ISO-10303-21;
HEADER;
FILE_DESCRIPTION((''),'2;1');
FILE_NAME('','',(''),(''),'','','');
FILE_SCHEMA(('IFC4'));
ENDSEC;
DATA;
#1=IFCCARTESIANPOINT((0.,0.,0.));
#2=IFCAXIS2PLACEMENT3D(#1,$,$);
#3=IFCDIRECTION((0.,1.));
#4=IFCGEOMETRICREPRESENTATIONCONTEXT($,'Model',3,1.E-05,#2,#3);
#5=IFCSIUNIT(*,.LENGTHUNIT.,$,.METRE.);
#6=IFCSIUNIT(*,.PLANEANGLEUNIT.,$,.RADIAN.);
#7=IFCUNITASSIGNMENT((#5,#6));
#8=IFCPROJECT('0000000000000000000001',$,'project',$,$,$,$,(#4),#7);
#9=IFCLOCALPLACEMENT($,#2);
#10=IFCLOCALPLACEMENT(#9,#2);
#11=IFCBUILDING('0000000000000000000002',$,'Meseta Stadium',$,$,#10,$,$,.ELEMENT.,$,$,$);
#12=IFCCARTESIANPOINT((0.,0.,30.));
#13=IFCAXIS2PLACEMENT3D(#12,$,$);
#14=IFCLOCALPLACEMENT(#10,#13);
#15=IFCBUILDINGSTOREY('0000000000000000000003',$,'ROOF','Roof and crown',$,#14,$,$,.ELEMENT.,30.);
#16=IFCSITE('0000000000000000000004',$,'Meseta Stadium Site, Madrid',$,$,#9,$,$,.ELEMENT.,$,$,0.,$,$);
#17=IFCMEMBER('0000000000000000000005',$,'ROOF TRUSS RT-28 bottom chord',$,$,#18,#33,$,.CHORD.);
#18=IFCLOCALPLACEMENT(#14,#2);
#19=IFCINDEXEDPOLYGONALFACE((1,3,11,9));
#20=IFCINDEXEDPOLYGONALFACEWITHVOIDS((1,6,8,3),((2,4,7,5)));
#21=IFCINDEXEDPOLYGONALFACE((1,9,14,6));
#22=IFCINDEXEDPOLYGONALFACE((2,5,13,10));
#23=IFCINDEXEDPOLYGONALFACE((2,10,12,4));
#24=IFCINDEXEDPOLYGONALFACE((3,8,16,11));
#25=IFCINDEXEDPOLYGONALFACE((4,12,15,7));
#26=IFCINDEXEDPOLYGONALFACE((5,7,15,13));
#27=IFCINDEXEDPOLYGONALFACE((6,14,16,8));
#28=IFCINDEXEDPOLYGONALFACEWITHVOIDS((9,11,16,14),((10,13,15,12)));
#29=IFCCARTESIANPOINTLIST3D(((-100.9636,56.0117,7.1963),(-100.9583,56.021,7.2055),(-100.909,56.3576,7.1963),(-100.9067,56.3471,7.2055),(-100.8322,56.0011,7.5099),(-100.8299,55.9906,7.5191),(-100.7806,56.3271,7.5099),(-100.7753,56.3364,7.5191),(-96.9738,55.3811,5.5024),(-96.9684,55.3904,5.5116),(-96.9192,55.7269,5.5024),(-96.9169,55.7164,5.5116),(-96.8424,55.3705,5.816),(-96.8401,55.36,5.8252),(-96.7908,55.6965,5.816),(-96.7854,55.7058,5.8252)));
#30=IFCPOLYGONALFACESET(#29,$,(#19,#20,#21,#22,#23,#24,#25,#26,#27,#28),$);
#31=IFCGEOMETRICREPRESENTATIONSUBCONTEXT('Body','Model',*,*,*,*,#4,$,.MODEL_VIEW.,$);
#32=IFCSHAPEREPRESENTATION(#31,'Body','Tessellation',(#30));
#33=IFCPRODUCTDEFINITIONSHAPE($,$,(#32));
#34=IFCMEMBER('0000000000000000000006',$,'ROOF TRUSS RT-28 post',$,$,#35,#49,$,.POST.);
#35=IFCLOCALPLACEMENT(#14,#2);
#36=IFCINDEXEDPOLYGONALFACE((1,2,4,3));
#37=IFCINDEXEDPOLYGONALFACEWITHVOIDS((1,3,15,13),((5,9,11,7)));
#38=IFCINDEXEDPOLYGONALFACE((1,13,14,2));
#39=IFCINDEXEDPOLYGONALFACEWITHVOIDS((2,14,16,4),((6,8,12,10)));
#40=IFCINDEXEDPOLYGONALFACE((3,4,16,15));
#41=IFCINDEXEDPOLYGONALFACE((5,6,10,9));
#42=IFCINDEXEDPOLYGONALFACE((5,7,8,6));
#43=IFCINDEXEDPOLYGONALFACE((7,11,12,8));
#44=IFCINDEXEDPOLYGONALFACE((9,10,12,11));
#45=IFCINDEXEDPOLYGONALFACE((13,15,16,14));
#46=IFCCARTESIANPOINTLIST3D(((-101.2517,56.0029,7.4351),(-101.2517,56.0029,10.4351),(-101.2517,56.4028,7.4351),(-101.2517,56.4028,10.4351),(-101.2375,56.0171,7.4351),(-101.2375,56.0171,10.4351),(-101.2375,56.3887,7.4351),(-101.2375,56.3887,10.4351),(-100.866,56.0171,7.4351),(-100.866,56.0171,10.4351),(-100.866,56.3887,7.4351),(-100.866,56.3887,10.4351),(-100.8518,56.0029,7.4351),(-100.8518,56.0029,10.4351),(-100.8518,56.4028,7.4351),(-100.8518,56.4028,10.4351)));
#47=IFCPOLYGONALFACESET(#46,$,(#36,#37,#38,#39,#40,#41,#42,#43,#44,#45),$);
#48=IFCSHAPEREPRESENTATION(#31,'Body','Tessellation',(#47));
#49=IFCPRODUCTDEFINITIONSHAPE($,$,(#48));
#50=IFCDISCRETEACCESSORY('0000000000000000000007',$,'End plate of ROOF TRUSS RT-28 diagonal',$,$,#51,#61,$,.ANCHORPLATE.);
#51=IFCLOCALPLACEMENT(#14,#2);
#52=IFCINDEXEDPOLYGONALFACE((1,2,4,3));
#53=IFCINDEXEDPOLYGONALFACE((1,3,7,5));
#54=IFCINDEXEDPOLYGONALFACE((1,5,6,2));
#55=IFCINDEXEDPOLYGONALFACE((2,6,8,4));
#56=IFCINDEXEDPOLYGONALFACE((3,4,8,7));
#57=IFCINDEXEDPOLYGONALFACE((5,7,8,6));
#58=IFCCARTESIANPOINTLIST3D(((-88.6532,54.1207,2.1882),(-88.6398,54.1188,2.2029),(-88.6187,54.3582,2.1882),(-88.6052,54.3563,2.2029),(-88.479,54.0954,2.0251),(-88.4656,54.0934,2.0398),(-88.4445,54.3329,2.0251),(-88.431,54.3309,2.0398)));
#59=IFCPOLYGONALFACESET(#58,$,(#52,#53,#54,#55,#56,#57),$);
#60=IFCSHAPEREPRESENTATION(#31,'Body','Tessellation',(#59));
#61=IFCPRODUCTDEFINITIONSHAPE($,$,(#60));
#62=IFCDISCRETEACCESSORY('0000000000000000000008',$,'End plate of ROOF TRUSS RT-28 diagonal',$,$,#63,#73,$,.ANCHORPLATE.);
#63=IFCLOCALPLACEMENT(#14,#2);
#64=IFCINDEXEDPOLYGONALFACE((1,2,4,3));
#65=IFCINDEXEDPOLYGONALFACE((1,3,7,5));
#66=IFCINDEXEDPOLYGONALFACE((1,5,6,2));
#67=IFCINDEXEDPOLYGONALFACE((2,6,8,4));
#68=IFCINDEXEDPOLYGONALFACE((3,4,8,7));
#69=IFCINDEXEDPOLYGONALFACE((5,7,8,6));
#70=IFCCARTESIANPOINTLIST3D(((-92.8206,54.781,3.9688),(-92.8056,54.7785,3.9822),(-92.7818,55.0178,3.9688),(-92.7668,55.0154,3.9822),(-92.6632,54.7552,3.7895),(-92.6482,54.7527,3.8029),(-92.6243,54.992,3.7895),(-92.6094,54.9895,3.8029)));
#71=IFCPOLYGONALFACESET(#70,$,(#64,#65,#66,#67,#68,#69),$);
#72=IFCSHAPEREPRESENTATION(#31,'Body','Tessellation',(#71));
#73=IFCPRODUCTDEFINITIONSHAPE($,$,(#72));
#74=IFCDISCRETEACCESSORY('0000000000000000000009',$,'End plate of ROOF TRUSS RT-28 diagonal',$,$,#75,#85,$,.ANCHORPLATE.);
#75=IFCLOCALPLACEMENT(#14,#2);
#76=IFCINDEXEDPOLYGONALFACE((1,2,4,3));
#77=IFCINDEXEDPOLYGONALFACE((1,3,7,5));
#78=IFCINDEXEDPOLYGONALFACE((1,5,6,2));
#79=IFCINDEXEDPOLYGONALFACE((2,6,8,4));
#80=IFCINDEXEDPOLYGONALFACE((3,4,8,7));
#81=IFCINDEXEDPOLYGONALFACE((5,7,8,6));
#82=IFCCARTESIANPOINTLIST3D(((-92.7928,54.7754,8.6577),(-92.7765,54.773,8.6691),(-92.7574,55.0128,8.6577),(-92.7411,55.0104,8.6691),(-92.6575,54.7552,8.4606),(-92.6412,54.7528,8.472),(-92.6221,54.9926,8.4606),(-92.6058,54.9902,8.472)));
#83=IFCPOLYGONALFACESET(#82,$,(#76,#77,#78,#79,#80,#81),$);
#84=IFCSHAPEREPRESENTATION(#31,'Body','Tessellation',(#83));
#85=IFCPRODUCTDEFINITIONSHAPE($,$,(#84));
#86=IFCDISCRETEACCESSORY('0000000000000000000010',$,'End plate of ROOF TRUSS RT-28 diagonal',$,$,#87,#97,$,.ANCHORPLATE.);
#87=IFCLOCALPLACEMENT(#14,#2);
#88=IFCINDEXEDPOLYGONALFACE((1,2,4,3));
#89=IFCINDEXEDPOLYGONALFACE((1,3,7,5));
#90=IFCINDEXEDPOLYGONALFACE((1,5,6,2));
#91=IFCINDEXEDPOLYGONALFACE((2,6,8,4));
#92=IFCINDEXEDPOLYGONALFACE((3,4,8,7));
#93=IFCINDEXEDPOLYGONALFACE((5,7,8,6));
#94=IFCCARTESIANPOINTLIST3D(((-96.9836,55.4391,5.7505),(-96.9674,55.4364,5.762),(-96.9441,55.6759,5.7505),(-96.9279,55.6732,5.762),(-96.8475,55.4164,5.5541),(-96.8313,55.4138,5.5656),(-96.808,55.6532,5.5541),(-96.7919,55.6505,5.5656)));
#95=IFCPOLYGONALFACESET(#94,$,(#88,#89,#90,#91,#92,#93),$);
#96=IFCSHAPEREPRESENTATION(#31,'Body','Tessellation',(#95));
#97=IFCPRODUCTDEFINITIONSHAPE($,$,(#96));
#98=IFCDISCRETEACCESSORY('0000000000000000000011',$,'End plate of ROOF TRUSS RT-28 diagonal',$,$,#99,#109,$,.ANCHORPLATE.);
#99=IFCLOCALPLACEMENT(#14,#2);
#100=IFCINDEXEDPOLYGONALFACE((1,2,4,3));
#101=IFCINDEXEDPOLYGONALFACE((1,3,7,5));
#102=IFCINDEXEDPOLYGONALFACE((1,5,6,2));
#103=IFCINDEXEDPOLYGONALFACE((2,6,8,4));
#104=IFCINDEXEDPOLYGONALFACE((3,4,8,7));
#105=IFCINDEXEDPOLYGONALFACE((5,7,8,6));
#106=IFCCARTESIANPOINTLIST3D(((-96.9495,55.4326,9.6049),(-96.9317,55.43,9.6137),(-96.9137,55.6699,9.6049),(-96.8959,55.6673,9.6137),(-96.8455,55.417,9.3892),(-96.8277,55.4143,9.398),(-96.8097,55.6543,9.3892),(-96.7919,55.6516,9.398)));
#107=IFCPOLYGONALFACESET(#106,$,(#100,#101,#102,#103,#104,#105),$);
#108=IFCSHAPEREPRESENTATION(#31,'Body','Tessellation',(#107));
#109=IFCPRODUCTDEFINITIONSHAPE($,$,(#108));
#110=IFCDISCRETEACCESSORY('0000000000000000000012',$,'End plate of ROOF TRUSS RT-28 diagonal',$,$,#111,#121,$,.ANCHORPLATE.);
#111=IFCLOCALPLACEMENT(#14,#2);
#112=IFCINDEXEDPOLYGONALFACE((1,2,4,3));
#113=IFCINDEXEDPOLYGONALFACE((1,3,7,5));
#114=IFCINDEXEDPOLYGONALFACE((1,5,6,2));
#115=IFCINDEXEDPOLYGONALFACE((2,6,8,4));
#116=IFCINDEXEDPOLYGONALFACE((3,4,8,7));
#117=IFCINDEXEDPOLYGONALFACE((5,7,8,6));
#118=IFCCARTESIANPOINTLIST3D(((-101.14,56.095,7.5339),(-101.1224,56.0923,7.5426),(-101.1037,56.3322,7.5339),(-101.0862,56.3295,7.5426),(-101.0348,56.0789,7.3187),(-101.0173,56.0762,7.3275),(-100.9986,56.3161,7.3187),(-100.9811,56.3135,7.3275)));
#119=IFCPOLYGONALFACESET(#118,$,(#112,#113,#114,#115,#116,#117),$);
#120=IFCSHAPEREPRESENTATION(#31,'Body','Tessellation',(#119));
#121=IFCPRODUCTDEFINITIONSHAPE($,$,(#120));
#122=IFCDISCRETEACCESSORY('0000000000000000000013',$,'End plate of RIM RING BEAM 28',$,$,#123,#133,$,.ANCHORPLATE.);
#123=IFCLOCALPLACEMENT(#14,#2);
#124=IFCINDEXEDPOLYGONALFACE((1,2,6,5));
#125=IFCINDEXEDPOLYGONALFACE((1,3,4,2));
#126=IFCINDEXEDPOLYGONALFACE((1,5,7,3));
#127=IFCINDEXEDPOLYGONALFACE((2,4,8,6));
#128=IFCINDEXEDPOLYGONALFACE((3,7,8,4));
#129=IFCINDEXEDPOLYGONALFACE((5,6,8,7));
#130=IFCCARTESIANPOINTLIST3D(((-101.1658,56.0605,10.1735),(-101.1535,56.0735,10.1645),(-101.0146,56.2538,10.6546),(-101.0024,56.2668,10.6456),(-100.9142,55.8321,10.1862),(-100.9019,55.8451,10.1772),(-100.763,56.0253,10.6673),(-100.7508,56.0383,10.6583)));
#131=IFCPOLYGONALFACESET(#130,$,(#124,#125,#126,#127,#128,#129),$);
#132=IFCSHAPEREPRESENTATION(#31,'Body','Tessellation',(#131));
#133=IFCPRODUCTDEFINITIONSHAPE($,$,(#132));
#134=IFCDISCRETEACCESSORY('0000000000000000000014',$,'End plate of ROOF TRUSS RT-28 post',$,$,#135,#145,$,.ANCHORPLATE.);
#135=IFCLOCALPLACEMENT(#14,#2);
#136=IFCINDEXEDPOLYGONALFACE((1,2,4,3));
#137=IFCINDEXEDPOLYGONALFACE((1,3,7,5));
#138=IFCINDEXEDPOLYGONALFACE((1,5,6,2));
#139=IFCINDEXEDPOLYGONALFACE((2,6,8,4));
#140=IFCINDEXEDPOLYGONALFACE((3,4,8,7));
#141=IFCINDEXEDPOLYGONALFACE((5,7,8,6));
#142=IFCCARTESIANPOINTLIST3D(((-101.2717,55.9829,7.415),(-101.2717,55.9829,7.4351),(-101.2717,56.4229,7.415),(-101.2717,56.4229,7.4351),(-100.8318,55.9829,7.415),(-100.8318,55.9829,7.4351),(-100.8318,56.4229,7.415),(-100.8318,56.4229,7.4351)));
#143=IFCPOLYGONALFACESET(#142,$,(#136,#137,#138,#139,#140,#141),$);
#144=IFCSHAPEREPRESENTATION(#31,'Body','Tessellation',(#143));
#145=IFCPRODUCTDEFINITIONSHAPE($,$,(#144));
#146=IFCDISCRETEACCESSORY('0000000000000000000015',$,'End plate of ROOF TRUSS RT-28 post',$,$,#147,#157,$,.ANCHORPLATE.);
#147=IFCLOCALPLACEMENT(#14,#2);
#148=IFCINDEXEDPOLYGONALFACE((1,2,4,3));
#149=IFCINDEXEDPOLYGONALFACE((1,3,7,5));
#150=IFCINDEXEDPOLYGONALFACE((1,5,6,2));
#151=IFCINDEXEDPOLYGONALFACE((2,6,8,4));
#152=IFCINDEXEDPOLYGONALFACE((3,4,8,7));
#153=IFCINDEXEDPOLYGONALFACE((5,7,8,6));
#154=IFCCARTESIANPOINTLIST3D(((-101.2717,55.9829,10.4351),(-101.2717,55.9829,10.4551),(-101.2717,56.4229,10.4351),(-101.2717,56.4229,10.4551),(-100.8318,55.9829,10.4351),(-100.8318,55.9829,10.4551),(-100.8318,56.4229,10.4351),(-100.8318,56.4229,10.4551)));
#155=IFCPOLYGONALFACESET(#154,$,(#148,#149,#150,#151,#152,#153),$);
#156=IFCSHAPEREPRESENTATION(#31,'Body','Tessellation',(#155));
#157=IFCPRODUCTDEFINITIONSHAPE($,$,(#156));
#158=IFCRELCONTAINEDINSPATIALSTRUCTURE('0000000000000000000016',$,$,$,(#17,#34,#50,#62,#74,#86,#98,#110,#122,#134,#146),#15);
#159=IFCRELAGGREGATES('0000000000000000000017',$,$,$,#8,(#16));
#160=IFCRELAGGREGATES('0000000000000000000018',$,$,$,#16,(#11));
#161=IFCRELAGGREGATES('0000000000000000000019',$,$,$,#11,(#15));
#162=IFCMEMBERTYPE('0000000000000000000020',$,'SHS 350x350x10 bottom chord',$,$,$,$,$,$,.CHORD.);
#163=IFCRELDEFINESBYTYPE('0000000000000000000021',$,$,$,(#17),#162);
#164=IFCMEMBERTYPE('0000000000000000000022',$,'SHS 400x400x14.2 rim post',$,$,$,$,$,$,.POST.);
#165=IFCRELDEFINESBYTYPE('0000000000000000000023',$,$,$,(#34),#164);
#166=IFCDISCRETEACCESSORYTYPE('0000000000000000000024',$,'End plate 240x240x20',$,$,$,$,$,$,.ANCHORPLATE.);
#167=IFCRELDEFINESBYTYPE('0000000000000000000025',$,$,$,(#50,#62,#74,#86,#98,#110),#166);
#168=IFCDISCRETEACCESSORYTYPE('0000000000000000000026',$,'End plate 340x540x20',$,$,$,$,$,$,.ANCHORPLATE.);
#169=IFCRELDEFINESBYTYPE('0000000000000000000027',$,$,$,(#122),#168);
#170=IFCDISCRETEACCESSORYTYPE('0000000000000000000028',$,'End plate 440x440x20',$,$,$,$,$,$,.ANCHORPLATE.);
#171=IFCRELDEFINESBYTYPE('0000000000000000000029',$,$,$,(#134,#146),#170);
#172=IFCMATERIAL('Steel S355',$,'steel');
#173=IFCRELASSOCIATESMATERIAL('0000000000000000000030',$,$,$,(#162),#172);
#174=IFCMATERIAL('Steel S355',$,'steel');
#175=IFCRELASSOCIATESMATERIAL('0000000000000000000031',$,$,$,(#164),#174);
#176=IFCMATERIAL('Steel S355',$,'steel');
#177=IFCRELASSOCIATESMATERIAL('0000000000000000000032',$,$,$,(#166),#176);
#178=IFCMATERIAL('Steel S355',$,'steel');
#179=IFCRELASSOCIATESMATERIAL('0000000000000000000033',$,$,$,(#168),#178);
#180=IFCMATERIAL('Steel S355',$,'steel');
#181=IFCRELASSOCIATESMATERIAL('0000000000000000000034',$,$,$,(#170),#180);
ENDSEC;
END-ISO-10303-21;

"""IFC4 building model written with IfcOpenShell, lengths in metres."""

from ifc_helpers import new_model, si_unit, direction, frame, origin, origin_2d, place, context, subcontext, project, spatial, rectangle, hollow_rectangle, extrude, material, material_profile, profile_set, type_object, element, save


model = new_model("IFC4")

# Units and contexts
model_context = context("Model", 3, precision=1e-05, world=origin(), true_north=direction((0.0, 1.0)))
body_context = subcontext(model_context, "Body", "Model", "MODEL_VIEW")
ifc_project = project(units=[si_unit("LENGTHUNIT", "METRE"), si_unit("PLANEANGLEUNIT", "RADIAN")], contexts=[model_context])

# Site, building, storey
site_placement = place(None, origin())
site = spatial("IfcSite", under=ifc_project, at=site_placement, Name="Meseta Stadium Site, Madrid", CompositionType="ELEMENT", RefElevation=0.0)
building_placement = place(site_placement, origin())
building = spatial("IfcBuilding", under=site, at=building_placement, Name="Meseta Stadium", CompositionType="ELEMENT")
storey_placement = place(building_placement, frame((0.0, 0.0, 30.0)))
storey = spatial("IfcBuildingStorey", under=building, at=storey_placement, Name="ROOF", Description="Roof and crown", CompositionType="ELEMENT", Elevation=30.0)

# Members
ifc_material_1 = material(Name="Steel S355", Category="steel")
ifc_material_profile_1 = material_profile(ifc_material_1, hollow_rectangle(XDim=0.3501, YDim=0.3501, WallThickness=0.01, at=origin_2d()), Name="SHS 350x350x10")
ifc_profile_set_1 = profile_set([ifc_material_profile_1], Name="Steel S355")
member_type_1 = type_object("IfcMemberType", Name="SHS 350x350x10 bottom chord", PredefinedType="CHORD", material=ifc_profile_set_1)
member_1_placement = place(storey_placement, frame((-96.8796, 55.5435, 5.6638), z_axis=(-0.91089, 0.143974, 0.386718), x_axis=(-0.156121, -0.987738, 0.0)))
element("IfcMember", 1, at=member_1_placement, inside=storey, type_object=member_type_1, Name="ROOF TRUSS RT-28 bottom chord", PredefinedType="CHORD", context=body_context, shape_type="SweptSolid", body=[
    extrude(hollow_rectangle(XDim=0.3501, YDim=0.3501, WallThickness=0.01, at=origin_2d()), origin(), (0.0, 0.0, 1.0), 4.3801),
])
ifc_material_2 = material(Name="Steel S355", Category="steel")
ifc_material_profile_2 = material_profile(ifc_material_2, hollow_rectangle(XDim=0.3999, YDim=0.3999, WallThickness=0.0142, at=origin_2d()), Name="SHS 400x400x14.2")
ifc_profile_set_2 = profile_set([ifc_material_profile_2], Name="Steel S355")
member_type_2 = type_object("IfcMemberType", Name="SHS 400x400x14.2 rim post", PredefinedType="POST", material=ifc_profile_set_2)
member_2_placement = place(storey_placement, frame((-101.0518, 56.2029, 7.4351), z_axis=(0.0, 0.0, 1.0), x_axis=(1.0, 0.0, 0.0)))
element("IfcMember", 2, at=member_2_placement, inside=storey, type_object=member_type_2, Name="ROOF TRUSS RT-28 post", PredefinedType="POST", context=body_context, shape_type="SweptSolid", body=[
    extrude(hollow_rectangle(XDim=0.3999, YDim=0.3999, WallThickness=0.0142, at=origin_2d()), origin(), (0.0, 0.0, 1.0), 3.0),
])

# Discrete accessories
ifc_material_3 = material(Name="Steel S355", Category="steel")
ifc_material_profile_3 = material_profile(ifc_material_3, rectangle(XDim=0.24, YDim=0.24, at=origin_2d()), Name="PL 240x240")
ifc_profile_set_3 = profile_set([ifc_material_profile_3], Name="Steel S355")
discrete_accessory_type_1 = type_object("IfcDiscreteAccessoryType", Name="End plate 240x240x20", PredefinedType="ANCHORPLATE", material=ifc_profile_set_3)
discrete_accessory_1_placement = place(storey_placement, frame((-88.5354, 54.2249, 2.1213), z_axis=(-0.672484, 0.097816, -0.733619), x_axis=(-0.14394, -0.989586, 0.0)))
element("IfcDiscreteAccessory", 3, at=discrete_accessory_1_placement, inside=storey, type_object=discrete_accessory_type_1, Name="End plate of ROOF TRUSS RT-28 diagonal", PredefinedType="ANCHORPLATE", context=body_context, shape_type="SweptSolid", body=[
    extrude(rectangle(XDim=0.24, YDim=0.24, at=origin_2d()), origin(), (0.0, 0.0, 1.0), 0.02),
])
discrete_accessory_2_placement = place(storey_placement, frame((-92.7075, 54.884, 3.8926), z_axis=(-0.737244, 0.12086, -0.664728), x_axis=(-0.161775, -0.986828, 0.0)))
element("IfcDiscreteAccessory", 4, at=discrete_accessory_2_placement, inside=storey, type_object=discrete_accessory_type_1, Name="End plate of ROOF TRUSS RT-28 diagonal", PredefinedType="ANCHORPLATE", context=body_context, shape_type="SweptSolid", body=[
    extrude(rectangle(XDim=0.24, YDim=0.24, at=origin_2d()), origin(), (0.0, 0.0, 1.0), 0.0203),
])
for number, where, z_axis, x_axis, name in (
    (5, (-92.6912, 54.8816, 8.5706), (-0.812614, 0.121286, -0.570043), (-0.147619, -0.989044, 0.0), "End plate of ROOF TRUSS RT-28 diagonal"),
    (6, (-96.8796, 55.5435, 5.6638), (-0.807162, 0.134527, -0.574797), (-0.164399, -0.986394, 0.0), "End plate of ROOF TRUSS RT-28 diagonal"),
    (7, (-96.8618, 55.5408, 9.5059), (-0.888791, 0.133927, -0.438308), (-0.149003, -0.988837, 0.0), "End plate of ROOF TRUSS RT-28 diagonal"),
):
    element("IfcDiscreteAccessory", number, at=place(storey_placement, frame(where, z_axis=z_axis, x_axis=x_axis)), inside=storey, type_object=discrete_accessory_type_1, Name=name, PredefinedType="ANCHORPLATE", context=body_context, shape_type="SweptSolid", body=[
        extrude(rectangle(XDim=0.24, YDim=0.24, at=origin_2d()), origin(), (0.0, 0.0, 1.0), 0.02),
    ])
discrete_accessory_3_placement = place(storey_placement, frame((-101.0518, 56.2029, 7.4351), z_axis=(-0.886192, 0.13539, -0.443096), x_axis=(-0.151025, -0.98853, 0.0)))
element("IfcDiscreteAccessory", 8, at=discrete_accessory_3_placement, inside=storey, type_object=discrete_accessory_type_1, Name="End plate of ROOF TRUSS RT-28 diagonal", PredefinedType="ANCHORPLATE", context=body_context, shape_type="SweptSolid", body=[
    extrude(rectangle(XDim=0.24, YDim=0.24, at=origin_2d()), origin(), (0.0, 0.0, 1.0), 0.0198),
])
ifc_material_4 = material(Name="Steel S355", Category="steel")
ifc_material_profile_4 = material_profile(ifc_material_4, rectangle(XDim=0.3401, YDim=0.54, at=origin_2d()), Name="PL 340x540")
ifc_profile_set_4 = profile_set([ifc_material_profile_4], Name="Steel S355")
discrete_accessory_type_2 = type_object("IfcDiscreteAccessoryType", Name="End plate 340x540x20", PredefinedType="ANCHORPLATE", material=ifc_profile_set_4)
discrete_accessory_4_placement = place(storey_placement, frame((-100.9521, 56.0559, 10.4114), z_axis=(-0.611853, -0.648564, 0.452771), x_axis=(0.739775, -0.671816, 0.037364)))
element("IfcDiscreteAccessory", 9, at=discrete_accessory_4_placement, inside=storey, type_object=discrete_accessory_type_2, Name="End plate of RIM RING BEAM 28", PredefinedType="ANCHORPLATE", context=body_context, shape_type="SweptSolid", body=[
    extrude(rectangle(XDim=0.3401, YDim=0.54, at=origin_2d()), origin(), (0.0, 0.0, 1.0), 0.02),
])
ifc_material_5 = material(Name="Steel S355", Category="steel")
ifc_material_profile_5 = material_profile(ifc_material_5, rectangle(XDim=0.4399, YDim=0.4399, at=origin_2d()), Name="PL 440x440")
ifc_profile_set_5 = profile_set([ifc_material_profile_5], Name="Steel S355")
discrete_accessory_type_3 = type_object("IfcDiscreteAccessoryType", Name="End plate 440x440x20", PredefinedType="ANCHORPLATE", material=ifc_profile_set_5)
for number, where, z_axis, x_axis, name in (
    (10, (-101.0518, 56.2029, 7.415), (0.0, 0.0, 1.0), (1.0, 0.0, 0.0), "End plate of ROOF TRUSS RT-28 post"),
    (11, (-101.0518, 56.2029, 10.4351), (0.0, 0.0, 1.0), (1.0, 0.0, 0.0), "End plate of ROOF TRUSS RT-28 post"),
):
    element("IfcDiscreteAccessory", number, at=place(storey_placement, frame(where, z_axis=z_axis, x_axis=x_axis)), inside=storey, type_object=discrete_accessory_type_3, Name=name, PredefinedType="ANCHORPLATE", context=body_context, shape_type="SweptSolid", body=[
        extrude(rectangle(XDim=0.4399, YDim=0.4399, at=origin_2d()), origin(), (0.0, 0.0, 1.0), 0.02),
    ])

save(model, "model.ifc")
